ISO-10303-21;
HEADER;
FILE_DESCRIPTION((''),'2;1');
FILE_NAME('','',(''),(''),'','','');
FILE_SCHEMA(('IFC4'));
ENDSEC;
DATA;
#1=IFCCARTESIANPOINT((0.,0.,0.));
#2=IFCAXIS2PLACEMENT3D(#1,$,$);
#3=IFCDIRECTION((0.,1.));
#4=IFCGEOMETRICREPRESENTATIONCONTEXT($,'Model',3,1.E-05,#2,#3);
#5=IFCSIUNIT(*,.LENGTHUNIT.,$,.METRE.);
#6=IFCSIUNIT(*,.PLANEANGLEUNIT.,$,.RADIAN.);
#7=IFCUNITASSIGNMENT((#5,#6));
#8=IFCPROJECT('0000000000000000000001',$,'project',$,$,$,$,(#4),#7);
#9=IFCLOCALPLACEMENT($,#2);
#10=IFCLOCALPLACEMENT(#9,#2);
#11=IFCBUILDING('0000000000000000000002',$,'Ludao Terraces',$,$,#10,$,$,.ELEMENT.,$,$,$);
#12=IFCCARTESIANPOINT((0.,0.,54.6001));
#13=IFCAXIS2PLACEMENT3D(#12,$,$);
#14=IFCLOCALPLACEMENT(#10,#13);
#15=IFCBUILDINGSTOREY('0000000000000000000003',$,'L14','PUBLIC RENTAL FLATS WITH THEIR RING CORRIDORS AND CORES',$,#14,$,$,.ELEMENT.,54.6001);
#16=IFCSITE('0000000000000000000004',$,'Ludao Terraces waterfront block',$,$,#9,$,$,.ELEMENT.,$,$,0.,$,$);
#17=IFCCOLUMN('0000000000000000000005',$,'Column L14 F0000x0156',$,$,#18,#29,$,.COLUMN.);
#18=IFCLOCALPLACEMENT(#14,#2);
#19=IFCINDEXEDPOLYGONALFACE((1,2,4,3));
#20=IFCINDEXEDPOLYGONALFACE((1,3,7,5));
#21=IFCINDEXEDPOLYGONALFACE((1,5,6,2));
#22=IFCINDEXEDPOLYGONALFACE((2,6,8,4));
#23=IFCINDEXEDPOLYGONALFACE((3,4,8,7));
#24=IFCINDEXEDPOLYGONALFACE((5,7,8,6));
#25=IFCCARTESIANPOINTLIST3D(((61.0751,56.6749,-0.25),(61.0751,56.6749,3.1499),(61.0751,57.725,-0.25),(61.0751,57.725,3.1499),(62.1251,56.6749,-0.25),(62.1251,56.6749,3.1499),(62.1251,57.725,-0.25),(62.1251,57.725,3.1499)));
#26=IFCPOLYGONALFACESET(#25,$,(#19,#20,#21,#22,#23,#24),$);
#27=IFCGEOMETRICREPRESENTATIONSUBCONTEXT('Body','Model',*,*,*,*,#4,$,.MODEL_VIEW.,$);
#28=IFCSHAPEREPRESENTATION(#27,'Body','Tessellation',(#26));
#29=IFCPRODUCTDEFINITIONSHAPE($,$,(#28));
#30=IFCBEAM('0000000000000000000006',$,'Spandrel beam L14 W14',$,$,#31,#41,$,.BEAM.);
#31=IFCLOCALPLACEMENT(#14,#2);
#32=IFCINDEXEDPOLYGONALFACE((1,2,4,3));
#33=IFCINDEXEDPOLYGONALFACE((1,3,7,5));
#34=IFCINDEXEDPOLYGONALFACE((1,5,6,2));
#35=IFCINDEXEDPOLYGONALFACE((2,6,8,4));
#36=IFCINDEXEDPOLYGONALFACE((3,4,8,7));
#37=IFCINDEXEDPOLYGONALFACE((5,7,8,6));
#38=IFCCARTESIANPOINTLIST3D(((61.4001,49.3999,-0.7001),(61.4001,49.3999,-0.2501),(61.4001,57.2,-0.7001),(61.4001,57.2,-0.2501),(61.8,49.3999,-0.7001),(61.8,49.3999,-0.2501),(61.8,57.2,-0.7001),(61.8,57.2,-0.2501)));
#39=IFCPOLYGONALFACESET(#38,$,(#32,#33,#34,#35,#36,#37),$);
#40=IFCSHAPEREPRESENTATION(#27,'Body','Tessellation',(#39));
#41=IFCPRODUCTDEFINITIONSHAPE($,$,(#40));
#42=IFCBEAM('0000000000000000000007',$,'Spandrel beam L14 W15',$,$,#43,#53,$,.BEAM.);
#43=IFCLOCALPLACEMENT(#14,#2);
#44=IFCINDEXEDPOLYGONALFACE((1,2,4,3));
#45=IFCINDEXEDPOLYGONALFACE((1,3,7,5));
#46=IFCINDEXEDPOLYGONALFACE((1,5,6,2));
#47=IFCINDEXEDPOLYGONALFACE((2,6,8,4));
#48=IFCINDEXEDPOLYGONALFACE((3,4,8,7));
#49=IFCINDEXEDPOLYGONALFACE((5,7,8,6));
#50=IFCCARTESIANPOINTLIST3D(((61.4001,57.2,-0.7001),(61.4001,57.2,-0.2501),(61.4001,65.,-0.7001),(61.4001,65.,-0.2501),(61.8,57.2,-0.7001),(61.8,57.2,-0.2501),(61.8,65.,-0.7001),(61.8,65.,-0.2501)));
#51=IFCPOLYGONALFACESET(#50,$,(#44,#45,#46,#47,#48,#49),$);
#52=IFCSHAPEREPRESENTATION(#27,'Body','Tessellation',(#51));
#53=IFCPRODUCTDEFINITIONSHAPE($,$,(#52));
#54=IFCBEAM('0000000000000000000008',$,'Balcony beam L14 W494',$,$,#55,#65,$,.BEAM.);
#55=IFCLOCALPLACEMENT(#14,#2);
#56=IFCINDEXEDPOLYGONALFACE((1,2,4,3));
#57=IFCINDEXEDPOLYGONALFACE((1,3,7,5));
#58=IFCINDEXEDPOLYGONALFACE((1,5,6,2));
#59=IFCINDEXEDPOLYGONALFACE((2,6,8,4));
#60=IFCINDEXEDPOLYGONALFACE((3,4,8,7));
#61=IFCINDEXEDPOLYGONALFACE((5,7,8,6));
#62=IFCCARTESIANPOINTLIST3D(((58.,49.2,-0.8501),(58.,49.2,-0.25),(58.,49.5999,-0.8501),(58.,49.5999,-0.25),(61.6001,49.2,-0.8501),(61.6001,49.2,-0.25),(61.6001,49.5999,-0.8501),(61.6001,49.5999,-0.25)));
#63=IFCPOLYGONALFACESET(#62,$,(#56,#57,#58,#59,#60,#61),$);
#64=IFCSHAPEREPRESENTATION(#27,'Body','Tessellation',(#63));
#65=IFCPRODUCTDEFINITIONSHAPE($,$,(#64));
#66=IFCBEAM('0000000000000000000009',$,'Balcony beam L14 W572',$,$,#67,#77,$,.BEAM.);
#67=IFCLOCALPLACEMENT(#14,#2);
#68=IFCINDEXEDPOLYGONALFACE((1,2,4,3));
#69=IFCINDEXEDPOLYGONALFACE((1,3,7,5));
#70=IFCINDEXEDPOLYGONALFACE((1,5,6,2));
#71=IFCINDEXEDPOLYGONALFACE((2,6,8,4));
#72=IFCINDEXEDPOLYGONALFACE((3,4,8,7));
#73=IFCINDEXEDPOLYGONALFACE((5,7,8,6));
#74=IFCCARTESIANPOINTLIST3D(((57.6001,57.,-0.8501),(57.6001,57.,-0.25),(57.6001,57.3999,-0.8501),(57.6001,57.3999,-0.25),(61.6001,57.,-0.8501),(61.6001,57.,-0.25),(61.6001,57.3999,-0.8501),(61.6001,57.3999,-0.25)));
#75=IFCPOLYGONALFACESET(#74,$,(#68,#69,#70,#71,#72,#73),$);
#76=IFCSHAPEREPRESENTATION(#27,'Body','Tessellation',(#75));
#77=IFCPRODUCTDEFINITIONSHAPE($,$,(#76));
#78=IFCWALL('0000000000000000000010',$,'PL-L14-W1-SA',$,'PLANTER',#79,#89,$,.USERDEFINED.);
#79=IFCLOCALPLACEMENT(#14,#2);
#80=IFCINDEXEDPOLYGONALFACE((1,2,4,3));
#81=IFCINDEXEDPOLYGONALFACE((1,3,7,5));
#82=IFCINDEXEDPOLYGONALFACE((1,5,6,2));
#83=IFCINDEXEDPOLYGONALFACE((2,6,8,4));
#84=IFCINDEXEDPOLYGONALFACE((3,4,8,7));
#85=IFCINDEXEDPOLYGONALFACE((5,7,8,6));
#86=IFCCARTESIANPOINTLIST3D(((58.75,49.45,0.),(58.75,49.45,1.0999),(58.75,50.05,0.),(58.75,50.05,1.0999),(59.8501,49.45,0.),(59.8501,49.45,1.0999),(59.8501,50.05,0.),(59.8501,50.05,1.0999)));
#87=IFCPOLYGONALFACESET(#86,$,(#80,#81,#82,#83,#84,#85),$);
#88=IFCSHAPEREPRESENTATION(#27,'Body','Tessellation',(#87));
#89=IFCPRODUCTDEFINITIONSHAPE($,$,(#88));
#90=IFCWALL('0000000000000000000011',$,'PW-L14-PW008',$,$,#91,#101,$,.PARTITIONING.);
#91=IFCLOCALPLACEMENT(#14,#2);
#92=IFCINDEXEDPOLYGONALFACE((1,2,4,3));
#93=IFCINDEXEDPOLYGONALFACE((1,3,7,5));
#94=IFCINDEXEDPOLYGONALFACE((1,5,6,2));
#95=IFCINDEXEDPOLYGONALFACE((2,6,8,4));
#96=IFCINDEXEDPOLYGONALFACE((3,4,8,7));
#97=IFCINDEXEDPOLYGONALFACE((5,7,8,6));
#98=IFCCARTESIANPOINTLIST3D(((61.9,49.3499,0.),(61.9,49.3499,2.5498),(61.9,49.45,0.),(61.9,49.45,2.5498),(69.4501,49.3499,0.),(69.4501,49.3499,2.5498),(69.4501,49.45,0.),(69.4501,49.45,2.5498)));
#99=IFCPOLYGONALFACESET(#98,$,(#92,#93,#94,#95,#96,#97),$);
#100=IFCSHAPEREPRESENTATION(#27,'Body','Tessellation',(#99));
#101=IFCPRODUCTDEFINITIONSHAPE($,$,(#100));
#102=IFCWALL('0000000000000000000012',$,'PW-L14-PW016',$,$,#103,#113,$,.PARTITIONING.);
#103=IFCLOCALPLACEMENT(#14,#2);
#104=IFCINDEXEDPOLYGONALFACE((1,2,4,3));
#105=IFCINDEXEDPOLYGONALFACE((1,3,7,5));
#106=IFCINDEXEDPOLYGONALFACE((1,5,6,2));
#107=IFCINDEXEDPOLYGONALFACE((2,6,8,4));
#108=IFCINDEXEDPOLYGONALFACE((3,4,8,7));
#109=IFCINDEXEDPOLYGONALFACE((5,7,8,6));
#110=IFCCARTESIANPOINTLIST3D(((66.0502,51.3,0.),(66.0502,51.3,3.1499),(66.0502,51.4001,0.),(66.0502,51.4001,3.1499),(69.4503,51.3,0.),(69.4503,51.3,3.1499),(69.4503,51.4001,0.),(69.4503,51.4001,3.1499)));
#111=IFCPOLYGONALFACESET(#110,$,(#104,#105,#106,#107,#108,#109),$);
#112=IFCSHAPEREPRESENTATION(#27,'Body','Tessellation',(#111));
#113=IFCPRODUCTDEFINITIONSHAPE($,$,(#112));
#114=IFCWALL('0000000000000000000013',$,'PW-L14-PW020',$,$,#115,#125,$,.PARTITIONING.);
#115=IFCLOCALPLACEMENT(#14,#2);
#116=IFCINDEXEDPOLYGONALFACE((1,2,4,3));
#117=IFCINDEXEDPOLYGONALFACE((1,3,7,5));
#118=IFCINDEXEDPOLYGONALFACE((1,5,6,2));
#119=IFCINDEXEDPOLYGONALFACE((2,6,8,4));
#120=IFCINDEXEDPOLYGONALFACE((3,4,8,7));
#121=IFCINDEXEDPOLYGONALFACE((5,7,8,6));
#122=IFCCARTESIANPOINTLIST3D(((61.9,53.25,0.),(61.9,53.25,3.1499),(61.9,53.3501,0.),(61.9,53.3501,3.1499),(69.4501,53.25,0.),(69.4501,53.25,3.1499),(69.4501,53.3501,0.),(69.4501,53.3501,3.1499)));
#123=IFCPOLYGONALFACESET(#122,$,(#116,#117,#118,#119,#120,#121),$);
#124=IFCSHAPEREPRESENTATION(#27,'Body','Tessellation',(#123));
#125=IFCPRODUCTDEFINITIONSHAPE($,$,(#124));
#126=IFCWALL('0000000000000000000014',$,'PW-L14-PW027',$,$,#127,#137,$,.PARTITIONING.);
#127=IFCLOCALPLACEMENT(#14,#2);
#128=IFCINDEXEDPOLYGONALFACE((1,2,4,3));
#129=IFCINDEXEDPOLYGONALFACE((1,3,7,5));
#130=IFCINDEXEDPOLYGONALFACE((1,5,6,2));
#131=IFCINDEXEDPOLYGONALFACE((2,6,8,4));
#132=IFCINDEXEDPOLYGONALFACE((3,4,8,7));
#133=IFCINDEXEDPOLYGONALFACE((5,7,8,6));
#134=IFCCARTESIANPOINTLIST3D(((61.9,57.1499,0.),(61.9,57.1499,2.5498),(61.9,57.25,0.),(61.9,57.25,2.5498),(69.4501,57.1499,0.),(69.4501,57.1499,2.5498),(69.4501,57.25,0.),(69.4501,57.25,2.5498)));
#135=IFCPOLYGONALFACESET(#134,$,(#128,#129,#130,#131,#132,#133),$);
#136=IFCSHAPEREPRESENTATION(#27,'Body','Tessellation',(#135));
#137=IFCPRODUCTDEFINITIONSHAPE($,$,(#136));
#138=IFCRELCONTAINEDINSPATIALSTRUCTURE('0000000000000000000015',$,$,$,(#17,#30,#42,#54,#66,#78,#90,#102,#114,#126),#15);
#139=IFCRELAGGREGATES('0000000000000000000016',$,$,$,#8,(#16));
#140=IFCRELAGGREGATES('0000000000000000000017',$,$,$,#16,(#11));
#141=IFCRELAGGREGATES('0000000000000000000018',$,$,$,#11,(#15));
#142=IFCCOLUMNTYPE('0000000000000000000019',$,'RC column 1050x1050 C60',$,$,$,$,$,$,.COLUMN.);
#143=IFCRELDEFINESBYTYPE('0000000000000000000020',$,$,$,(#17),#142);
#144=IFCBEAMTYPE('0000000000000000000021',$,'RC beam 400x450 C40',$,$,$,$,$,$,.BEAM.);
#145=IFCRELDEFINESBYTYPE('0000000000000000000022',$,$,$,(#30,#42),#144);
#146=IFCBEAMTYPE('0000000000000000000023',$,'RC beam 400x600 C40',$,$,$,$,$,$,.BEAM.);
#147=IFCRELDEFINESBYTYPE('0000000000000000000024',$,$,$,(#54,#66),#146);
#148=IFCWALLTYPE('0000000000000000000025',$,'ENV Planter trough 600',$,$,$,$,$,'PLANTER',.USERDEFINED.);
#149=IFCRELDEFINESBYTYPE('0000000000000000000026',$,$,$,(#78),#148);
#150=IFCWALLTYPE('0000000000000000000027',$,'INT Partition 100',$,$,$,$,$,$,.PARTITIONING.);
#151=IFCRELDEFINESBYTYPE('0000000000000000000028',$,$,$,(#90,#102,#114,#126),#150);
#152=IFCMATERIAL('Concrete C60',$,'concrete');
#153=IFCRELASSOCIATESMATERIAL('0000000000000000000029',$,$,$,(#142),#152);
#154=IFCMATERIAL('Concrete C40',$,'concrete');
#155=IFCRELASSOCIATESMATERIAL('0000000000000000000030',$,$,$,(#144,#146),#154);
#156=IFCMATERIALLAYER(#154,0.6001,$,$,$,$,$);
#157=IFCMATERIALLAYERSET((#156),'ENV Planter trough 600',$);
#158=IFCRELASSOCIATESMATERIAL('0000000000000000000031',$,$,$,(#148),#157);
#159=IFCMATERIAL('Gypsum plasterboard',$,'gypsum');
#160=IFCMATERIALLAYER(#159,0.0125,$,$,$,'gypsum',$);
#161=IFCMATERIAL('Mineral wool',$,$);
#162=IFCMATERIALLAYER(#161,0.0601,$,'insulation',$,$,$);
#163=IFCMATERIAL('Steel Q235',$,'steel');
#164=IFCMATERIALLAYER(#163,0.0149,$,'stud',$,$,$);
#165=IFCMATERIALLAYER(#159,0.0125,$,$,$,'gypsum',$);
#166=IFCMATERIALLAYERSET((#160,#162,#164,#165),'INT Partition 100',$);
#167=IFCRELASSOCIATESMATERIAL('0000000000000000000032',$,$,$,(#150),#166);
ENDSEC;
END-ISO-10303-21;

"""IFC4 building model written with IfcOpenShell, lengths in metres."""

from ifc_helpers import new_model, si_unit, direction, frame, frame_2d, origin, origin_2d, place, context, subcontext, project, spatial, rectangle, extrude, material, layer, layer_set, material_profile, profile_set, type_object, element, save


model = new_model("IFC4")

# Units and contexts
model_context = context("Model", 3, precision=1e-05, world=origin(), true_north=direction((0.0, 1.0)))
body_context = subcontext(model_context, "Body", "Model", "MODEL_VIEW")
ifc_project = project(units=[si_unit("LENGTHUNIT", "METRE"), si_unit("PLANEANGLEUNIT", "RADIAN")], contexts=[model_context])

# Site, building, storey
site_placement = place(None, origin())
site = spatial("IfcSite", under=ifc_project, at=site_placement, Name="Ludao Terraces waterfront block", CompositionType="ELEMENT", RefElevation=0.0)
building_placement = place(site_placement, origin())
building = spatial("IfcBuilding", under=site, at=building_placement, Name="Ludao Terraces", CompositionType="ELEMENT")
storey_placement = place(building_placement, frame((0.0, 0.0, 54.6001)))
storey = spatial("IfcBuildingStorey", under=building, at=storey_placement, Name="L14", Description="PUBLIC RENTAL FLATS WITH THEIR RING CORRIDORS AND CORES", CompositionType="ELEMENT", Elevation=54.6001)

# Column
ifc_material_1 = material(Name="Concrete C60", Category="concrete")
ifc_material_profile_1 = material_profile(ifc_material_1, rectangle(XDim=1.05, YDim=1.05, at=origin_2d()), Name="1050 X 1050")
ifc_profile_set_1 = profile_set([ifc_material_profile_1], Name="Concrete C60")
column_type = type_object("IfcColumnType", Name="RC column 1050x1050 C60", PredefinedType="COLUMN", material=ifc_profile_set_1)
column_placement = place(storey_placement, frame((61.6001, 57.2, -0.25), z_axis=(0.0, 0.0, 1.0), x_axis=(1.0, 0.0, 0.0)))
element("IfcColumn", 1, at=column_placement, inside=storey, type_object=column_type, Name="Column L14 F0000x0156", PredefinedType="COLUMN", context=body_context, shape_type="SweptSolid", body=[
    extrude(rectangle(XDim=1.05, YDim=1.05, at=origin_2d()), origin(), (0.0, 0.0, 1.0), 3.3999),
])

# Beams
ifc_material_2 = material(Name="Concrete C40", Category="concrete")
ifc_material_profile_2 = material_profile(ifc_material_2, rectangle(XDim=0.3999, YDim=0.45, at=origin_2d()), Name="400 X 450")
ifc_profile_set_2 = profile_set([ifc_material_profile_2], Name="Concrete C40")
beam_type_1 = type_object("IfcBeamType", Name="RC beam 400x450 C40", PredefinedType="BEAM", material=ifc_profile_set_2)
for number, where, z_axis, x_axis, name in (
    (2, (61.6001, 49.3999, -0.4751), (0.0, 1.0, 0.0), (-1.0, 0.0, 0.0), "Spandrel beam L14 W14"),
    (3, (61.6001, 57.2, -0.4751), (0.0, 1.0, 0.0), (-1.0, 0.0, 0.0), "Spandrel beam L14 W15"),
):
    element("IfcBeam", number, at=place(storey_placement, frame(where, z_axis=z_axis, x_axis=x_axis)), inside=storey, type_object=beam_type_1, Name=name, PredefinedType="BEAM", context=body_context, shape_type="SweptSolid", body=[
        extrude(rectangle(XDim=0.3999, YDim=0.45, at=origin_2d()), origin(), (0.0, 0.0, 1.0), 7.8),
    ])
ifc_material_profile_3 = material_profile(ifc_material_2, rectangle(XDim=0.3999, YDim=0.6001, at=origin_2d()), Name="400 X 600")
ifc_profile_set_3 = profile_set([ifc_material_profile_3], Name="Concrete C40")
beam_type_2 = type_object("IfcBeamType", Name="RC beam 400x600 C40", PredefinedType="BEAM", material=ifc_profile_set_3)
beam_1_placement = place(storey_placement, frame((61.6001, 49.3999, -0.55), z_axis=(-1.0, 0.0, 0.0), x_axis=(0.0, -1.0, 0.0)))
element("IfcBeam", 4, at=beam_1_placement, inside=storey, type_object=beam_type_2, Name="Balcony beam L14 W494", PredefinedType="BEAM", context=body_context, shape_type="SweptSolid", body=[
    extrude(rectangle(XDim=0.3999, YDim=0.6001, at=origin_2d()), origin(), (0.0, 0.0, 1.0), 3.6001),
])
beam_2_placement = place(storey_placement, frame((61.6001, 57.2, -0.55), z_axis=(-1.0, 0.0, 0.0), x_axis=(0.0, -1.0, 0.0)))
element("IfcBeam", 5, at=beam_2_placement, inside=storey, type_object=beam_type_2, Name="Balcony beam L14 W572", PredefinedType="BEAM", context=body_context, shape_type="SweptSolid", body=[
    extrude(rectangle(XDim=0.3999, YDim=0.6001, at=origin_2d()), origin(), (0.0, 0.0, 1.0), 4.0),
])

# Wall
ifc_layer_1 = layer(ifc_material_2, 0.6001)
ifc_layer_set_1 = layer_set([ifc_layer_1], Name="ENV Planter trough 600")
wall_type_1 = type_object("IfcWallType", Name="ENV Planter trough 600", ElementType="PLANTER", PredefinedType="USERDEFINED", material=ifc_layer_set_1)
wall_1_placement = place(storey_placement, frame((58.75, 49.75, 0.0), z_axis=(0.0, 0.0, 1.0), x_axis=(1.0, 0.0, 0.0)))
element("IfcWall", 6, at=wall_1_placement, inside=storey, type_object=wall_type_1, Name="PL-L14-W1-SA", ObjectType="PLANTER", PredefinedType="USERDEFINED", context=body_context, shape_type="SweptSolid", body=[
    extrude(rectangle(XDim=1.1001, YDim=0.6001, at=frame_2d((0.55, 0.0))), origin(), (0.0, 0.0, 1.0), 1.0999),
])

# Shared definitions
ifc_material_3 = material(Name="Mineral wool")

# Walls
ifc_material_4 = material(Name="Gypsum plasterboard", Category="gypsum")
ifc_layer_2 = layer(ifc_material_4, 0.0125, Category="gypsum")
ifc_layer_3 = layer(ifc_material_3, 0.0601, Name="insulation")
ifc_material_5 = material(Name="Steel Q235", Category="steel")
ifc_layer_4 = layer(ifc_material_5, 0.0149, Name="stud")
ifc_layer_5 = layer(ifc_material_4, 0.0125, Category="gypsum")
ifc_layer_set_2 = layer_set([ifc_layer_2, ifc_layer_3, ifc_layer_4, ifc_layer_5], Name="INT Partition 100")
wall_type_2 = type_object("IfcWallType", Name="INT Partition 100", PredefinedType="PARTITIONING", material=ifc_layer_set_2)
wall_2_placement = place(storey_placement, frame((61.9001, 49.3999, 0.0), z_axis=(0.0, 0.0, 1.0), x_axis=(1.0, 0.0, 0.0)))
element("IfcWall", 7, at=wall_2_placement, inside=storey, type_object=wall_type_2, Name="PW-L14-PW008", PredefinedType="PARTITIONING", context=body_context, shape_type="SweptSolid", body=[
    extrude(rectangle(XDim=7.55, YDim=0.1001, at=frame_2d((3.7749, 0.0))), origin(), (0.0, 0.0, 1.0), 2.5498),
])
wall_3_placement = place(storey_placement, frame((66.05, 51.3501, 0.0), z_axis=(0.0, 0.0, 1.0), x_axis=(1.0, 0.0, 0.0)))
element("IfcWall", 8, at=wall_3_placement, inside=storey, type_object=wall_type_2, Name="PW-L14-PW016", PredefinedType="PARTITIONING", context=body_context, shape_type="SweptSolid", body=[
    extrude(rectangle(XDim=3.4001, YDim=0.1001, at=frame_2d((1.7002, 0.0))), origin(), (0.0, 0.0, 1.0), 3.1499),
])
wall_4_placement = place(storey_placement, frame((61.9001, 53.3, 0.0), z_axis=(0.0, 0.0, 1.0), x_axis=(1.0, 0.0, 0.0)))
element("IfcWall", 9, at=wall_4_placement, inside=storey, type_object=wall_type_2, Name="PW-L14-PW020", PredefinedType="PARTITIONING", context=body_context, shape_type="SweptSolid", body=[
    extrude(rectangle(XDim=7.55, YDim=0.1001, at=frame_2d((3.7749, 0.0))), origin(), (0.0, 0.0, 1.0), 3.1499),
])
wall_5_placement = place(storey_placement, frame((61.9001, 57.2, 0.0), z_axis=(0.0, 0.0, 1.0), x_axis=(1.0, 0.0, 0.0)))
element("IfcWall", 10, at=wall_5_placement, inside=storey, type_object=wall_type_2, Name="PW-L14-PW027", PredefinedType="PARTITIONING", context=body_context, shape_type="SweptSolid", body=[
    extrude(rectangle(XDim=7.55, YDim=0.1001, at=frame_2d((3.7749, 0.0))), origin(), (0.0, 0.0, 1.0), 2.5498),
])

save(model, "model.ifc")
